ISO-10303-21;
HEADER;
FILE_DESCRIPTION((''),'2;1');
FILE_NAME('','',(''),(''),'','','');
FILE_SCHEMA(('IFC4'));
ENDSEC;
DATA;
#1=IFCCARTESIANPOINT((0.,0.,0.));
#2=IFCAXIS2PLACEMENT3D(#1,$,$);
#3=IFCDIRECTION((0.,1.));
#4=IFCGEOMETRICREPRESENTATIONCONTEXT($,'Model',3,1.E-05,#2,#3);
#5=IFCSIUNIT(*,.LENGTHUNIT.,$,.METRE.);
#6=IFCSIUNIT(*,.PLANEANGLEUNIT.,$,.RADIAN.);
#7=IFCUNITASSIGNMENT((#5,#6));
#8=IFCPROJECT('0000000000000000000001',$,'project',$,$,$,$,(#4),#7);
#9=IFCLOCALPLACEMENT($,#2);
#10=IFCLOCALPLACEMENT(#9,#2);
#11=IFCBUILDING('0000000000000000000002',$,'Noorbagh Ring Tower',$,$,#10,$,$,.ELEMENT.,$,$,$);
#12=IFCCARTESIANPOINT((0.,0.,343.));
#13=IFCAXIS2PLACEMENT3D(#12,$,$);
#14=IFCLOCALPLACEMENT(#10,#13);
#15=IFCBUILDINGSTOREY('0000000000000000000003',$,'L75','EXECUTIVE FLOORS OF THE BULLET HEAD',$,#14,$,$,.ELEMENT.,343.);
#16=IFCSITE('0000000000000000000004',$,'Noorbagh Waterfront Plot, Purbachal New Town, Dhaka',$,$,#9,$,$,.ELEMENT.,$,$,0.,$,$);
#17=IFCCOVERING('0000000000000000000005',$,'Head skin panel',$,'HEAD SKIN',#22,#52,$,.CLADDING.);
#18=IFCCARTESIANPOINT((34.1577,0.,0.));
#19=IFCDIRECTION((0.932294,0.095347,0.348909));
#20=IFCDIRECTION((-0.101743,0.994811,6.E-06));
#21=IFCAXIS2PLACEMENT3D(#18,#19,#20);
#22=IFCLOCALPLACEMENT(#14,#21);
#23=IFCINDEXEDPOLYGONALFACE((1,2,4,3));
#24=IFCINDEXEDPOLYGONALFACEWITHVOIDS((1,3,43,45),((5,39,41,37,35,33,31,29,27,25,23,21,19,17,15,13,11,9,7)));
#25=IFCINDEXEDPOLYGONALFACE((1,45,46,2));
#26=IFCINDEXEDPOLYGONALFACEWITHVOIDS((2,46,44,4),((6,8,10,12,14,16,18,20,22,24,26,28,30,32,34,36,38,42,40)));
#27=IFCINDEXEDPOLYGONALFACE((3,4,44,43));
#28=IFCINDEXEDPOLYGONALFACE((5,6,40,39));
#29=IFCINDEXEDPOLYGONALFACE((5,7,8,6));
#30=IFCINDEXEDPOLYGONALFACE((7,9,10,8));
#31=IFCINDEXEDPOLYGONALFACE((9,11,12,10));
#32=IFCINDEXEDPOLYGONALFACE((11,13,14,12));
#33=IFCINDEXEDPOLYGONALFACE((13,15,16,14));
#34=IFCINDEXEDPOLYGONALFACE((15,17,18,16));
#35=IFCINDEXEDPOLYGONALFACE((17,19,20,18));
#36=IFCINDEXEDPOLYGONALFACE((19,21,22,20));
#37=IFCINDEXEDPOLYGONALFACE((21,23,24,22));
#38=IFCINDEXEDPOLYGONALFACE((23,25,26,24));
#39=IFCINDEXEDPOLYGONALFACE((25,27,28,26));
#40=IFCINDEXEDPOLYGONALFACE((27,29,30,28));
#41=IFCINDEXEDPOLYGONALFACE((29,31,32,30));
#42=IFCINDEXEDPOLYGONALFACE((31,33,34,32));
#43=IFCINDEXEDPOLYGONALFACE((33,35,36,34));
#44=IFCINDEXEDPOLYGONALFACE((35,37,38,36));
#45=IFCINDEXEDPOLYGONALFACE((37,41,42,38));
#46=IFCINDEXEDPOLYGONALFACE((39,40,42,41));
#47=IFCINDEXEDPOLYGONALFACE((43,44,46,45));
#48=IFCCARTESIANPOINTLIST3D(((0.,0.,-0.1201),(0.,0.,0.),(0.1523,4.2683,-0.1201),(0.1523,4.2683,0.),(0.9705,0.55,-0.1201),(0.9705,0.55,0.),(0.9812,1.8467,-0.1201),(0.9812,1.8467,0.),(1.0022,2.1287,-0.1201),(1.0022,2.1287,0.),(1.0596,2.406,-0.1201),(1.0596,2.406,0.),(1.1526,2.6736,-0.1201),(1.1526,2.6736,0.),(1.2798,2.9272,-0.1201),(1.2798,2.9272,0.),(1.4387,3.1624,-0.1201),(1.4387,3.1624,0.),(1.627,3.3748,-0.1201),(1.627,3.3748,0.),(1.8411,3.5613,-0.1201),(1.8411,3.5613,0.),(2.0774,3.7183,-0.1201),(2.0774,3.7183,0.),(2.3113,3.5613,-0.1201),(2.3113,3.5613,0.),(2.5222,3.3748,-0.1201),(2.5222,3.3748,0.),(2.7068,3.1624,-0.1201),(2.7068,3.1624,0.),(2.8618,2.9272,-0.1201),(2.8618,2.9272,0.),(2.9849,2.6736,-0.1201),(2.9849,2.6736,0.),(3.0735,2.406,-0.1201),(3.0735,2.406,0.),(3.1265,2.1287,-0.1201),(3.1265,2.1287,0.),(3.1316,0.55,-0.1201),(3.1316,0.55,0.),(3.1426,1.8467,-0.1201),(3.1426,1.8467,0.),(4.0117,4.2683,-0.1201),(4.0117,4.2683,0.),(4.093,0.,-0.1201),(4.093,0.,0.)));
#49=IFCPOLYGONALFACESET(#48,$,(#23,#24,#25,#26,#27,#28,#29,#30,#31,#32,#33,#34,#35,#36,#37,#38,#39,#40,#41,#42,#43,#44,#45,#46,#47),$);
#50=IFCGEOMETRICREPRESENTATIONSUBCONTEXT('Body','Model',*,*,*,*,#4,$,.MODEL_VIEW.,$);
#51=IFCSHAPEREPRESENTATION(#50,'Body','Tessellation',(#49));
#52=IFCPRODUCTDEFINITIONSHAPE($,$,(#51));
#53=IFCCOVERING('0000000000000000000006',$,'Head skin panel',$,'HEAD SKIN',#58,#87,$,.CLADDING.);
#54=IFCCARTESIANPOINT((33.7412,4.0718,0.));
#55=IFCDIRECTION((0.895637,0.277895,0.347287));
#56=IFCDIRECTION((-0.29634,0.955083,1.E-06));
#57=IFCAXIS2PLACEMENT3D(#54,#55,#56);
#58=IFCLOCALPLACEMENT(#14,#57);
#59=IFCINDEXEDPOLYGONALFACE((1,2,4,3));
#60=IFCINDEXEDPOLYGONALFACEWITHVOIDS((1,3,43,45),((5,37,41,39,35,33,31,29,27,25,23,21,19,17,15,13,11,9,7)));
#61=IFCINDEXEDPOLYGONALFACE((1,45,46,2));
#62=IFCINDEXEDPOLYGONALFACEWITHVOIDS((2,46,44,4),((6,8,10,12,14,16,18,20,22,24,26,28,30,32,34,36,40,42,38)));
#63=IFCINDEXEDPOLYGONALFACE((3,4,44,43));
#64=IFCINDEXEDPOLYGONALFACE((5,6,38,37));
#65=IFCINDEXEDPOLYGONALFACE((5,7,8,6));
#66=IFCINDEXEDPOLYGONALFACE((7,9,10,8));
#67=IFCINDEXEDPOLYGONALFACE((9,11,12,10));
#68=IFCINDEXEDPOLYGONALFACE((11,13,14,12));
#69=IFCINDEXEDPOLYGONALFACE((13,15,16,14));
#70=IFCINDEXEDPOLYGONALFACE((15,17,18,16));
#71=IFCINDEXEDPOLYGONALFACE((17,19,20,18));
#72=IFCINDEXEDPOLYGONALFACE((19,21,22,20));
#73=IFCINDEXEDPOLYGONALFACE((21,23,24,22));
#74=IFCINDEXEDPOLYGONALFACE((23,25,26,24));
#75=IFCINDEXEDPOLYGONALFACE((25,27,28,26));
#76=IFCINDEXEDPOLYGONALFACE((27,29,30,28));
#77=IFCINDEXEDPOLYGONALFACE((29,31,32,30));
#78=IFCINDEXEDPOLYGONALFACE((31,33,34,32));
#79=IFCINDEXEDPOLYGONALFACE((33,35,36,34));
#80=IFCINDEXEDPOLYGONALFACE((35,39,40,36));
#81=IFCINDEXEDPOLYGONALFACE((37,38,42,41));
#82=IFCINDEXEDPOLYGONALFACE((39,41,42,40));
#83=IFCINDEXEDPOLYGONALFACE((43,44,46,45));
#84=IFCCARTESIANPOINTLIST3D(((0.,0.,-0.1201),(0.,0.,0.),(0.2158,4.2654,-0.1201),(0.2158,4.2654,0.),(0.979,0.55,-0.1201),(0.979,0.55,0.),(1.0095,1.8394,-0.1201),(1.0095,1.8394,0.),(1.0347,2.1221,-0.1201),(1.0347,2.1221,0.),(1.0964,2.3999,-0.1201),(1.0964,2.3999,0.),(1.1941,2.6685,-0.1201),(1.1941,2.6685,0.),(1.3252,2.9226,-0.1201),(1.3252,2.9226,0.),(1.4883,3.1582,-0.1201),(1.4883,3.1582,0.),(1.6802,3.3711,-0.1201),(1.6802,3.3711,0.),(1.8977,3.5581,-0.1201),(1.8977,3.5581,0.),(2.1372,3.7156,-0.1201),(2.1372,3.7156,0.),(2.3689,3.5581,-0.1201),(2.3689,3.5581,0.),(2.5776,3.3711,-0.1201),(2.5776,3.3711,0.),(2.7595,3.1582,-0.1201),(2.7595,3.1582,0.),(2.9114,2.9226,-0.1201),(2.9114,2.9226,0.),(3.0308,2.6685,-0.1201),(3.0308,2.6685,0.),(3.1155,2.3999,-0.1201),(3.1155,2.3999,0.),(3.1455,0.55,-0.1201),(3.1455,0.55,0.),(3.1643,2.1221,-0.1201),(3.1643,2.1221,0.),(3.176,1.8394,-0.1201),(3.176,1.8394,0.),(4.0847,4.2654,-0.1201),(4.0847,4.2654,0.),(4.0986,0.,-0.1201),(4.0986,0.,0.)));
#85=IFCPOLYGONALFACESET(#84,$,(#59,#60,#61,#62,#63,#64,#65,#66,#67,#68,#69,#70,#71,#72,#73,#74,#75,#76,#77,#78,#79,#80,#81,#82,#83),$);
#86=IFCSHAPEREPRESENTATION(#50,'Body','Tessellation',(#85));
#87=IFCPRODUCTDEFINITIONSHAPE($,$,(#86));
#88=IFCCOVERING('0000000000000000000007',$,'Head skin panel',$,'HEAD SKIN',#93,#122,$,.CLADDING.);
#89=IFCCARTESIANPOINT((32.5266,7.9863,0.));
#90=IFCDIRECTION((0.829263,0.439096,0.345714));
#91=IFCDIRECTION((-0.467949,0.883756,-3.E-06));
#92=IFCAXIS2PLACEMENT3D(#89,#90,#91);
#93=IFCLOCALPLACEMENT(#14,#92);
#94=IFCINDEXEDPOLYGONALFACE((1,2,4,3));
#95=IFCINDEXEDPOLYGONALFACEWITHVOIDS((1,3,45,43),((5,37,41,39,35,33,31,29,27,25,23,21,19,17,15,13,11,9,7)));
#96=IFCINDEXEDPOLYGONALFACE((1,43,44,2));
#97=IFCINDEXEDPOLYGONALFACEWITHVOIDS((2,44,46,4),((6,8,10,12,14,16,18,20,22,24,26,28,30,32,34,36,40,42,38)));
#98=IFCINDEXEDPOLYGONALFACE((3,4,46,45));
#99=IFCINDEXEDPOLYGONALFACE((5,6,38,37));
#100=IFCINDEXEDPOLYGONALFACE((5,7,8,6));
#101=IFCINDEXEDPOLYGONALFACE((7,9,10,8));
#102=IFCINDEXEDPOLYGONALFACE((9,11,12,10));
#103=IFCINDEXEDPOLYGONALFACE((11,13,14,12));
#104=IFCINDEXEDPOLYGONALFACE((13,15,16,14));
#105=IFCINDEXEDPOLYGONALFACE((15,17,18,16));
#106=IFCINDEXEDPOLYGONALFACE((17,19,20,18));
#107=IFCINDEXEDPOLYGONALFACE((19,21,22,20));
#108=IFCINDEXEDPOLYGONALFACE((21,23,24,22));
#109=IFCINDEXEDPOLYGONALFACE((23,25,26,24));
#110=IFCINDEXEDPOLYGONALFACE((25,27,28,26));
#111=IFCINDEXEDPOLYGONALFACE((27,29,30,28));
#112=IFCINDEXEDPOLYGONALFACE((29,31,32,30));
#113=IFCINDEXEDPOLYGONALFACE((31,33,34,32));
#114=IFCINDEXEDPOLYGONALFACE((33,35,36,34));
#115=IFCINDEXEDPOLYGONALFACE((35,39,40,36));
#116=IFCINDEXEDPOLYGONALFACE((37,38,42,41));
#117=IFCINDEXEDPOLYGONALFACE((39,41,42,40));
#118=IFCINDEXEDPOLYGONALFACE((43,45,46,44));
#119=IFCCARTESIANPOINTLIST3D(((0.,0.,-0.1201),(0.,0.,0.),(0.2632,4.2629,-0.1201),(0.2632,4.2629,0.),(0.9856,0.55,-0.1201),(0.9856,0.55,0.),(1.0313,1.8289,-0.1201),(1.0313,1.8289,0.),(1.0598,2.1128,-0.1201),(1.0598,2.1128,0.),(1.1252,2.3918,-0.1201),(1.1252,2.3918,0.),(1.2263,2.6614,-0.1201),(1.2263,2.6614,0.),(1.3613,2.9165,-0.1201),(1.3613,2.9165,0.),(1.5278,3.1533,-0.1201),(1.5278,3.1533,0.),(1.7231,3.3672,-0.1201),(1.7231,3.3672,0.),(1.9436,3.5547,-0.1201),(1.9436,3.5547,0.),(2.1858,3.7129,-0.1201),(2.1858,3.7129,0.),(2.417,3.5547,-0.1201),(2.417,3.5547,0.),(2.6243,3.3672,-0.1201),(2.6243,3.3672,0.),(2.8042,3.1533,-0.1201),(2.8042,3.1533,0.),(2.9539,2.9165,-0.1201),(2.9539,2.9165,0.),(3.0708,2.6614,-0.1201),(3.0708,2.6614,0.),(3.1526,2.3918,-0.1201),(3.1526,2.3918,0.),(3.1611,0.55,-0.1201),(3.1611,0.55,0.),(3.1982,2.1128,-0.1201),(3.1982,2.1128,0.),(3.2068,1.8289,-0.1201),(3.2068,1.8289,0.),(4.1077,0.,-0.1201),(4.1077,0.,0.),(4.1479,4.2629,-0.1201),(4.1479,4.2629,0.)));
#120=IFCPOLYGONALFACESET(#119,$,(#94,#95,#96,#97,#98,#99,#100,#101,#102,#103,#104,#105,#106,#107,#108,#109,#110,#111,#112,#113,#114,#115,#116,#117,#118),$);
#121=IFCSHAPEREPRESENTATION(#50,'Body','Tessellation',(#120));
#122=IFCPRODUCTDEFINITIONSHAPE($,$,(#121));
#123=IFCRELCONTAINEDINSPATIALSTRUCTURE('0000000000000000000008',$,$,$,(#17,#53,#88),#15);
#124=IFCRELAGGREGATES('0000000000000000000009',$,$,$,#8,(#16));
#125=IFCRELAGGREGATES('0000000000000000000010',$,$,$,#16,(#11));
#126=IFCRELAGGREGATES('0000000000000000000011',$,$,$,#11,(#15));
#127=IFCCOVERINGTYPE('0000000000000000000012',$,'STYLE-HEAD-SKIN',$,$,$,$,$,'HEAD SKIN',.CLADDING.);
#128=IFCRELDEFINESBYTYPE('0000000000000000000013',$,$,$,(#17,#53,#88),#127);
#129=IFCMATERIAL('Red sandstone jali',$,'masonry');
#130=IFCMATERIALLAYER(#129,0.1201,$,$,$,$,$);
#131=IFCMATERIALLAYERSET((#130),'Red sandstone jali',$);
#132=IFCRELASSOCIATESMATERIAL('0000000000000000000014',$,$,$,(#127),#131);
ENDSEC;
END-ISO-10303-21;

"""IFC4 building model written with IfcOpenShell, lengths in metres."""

from ifc_helpers import new_model, si_unit, direction, frame, origin, place, context, subcontext, project, spatial, polyline, outline, extrude, material, layer, layer_set, type_object, element, save


model = new_model("IFC4")

# Units and contexts
model_context = context("Model", 3, precision=1e-05, world=origin(), true_north=direction((0.0, 1.0)))
body_context = subcontext(model_context, "Body", "Model", "MODEL_VIEW")
ifc_project = project(units=[si_unit("LENGTHUNIT", "METRE"), si_unit("PLANEANGLEUNIT", "RADIAN")], contexts=[model_context])

# Site, building, storey
site_placement = place(None, origin())
site = spatial("IfcSite", under=ifc_project, at=site_placement, Name="Noorbagh Waterfront Plot, Purbachal New Town, Dhaka", CompositionType="ELEMENT", RefElevation=0.0)
building_placement = place(site_placement, origin())
building = spatial("IfcBuilding", under=site, at=building_placement, Name="Noorbagh Ring Tower", CompositionType="ELEMENT")
storey_placement = place(building_placement, frame((0.0, 0.0, 343.0)))
storey = spatial("IfcBuildingStorey", under=building, at=storey_placement, Name="L75", Description="EXECUTIVE FLOORS OF THE BULLET HEAD", CompositionType="ELEMENT", Elevation=343.0)

# Coverings
ifc_material_1 = material(Name="Red sandstone jali", Category="masonry")
ifc_layer_1 = layer(ifc_material_1, 0.1201)
ifc_layer_set_1 = layer_set([ifc_layer_1], Name="Red sandstone jali")
covering_type_1 = type_object("IfcCoveringType", Name="STYLE-HEAD-SKIN", ElementType="HEAD SKIN", PredefinedType="CLADDING", material=ifc_layer_set_1)
covering_1_placement = place(storey_placement, frame((34.1577, 0.0, 0.0), z_axis=(0.932294, 0.095347, 0.348909), x_axis=(-0.101743, 0.994811, 0.000006)))
element("IfcCovering", 1, at=covering_1_placement, inside=storey, type_object=covering_type_1, Name="Head skin panel", ObjectType="HEAD SKIN", PredefinedType="CLADDING", context=body_context, shape_type="SweptSolid", body=[
    extrude(outline(polyline([(0.0, 0.0), (4.093, 0.0), (4.0117, 4.2683), (0.1523, 4.2683), (0.0, 0.0)]), holes=[polyline([(0.9705, 0.55), (0.9812, 1.8467), (1.0022, 2.1287), (1.0596, 2.406), (1.1526, 2.6736), (1.2798, 2.9272), (1.4387, 3.1624), (1.627, 3.3748), (1.8411, 3.5613), (2.0774, 3.7183), (2.3113, 3.5613), (2.5222, 3.3748), (2.7068, 3.1624), (2.8618, 2.9272), (2.9849, 2.6736), (3.0735, 2.406), (3.1265, 2.1287), (3.1426, 1.8467), (3.1316, 0.55), (0.9705, 0.55)])]), origin(), (0.0, 0.0, -1.0), 0.1201),
])
covering_2_placement = place(storey_placement, frame((33.7412, 4.0718, 0.0), z_axis=(0.895637, 0.277895, 0.347287), x_axis=(-0.29634, 0.955083, 0.000001)))
element("IfcCovering", 2, at=covering_2_placement, inside=storey, type_object=covering_type_1, Name="Head skin panel", ObjectType="HEAD SKIN", PredefinedType="CLADDING", context=body_context, shape_type="SweptSolid", body=[
    extrude(outline(polyline([(0.0, 0.0), (4.0986, 0.0), (4.0847, 4.2654), (0.2158, 4.2654), (0.0, 0.0)]), holes=[polyline([(0.979, 0.55), (1.0095, 1.8394), (1.0347, 2.1221), (1.0964, 2.3999), (1.1941, 2.6685), (1.3252, 2.9226), (1.4883, 3.1582), (1.6802, 3.3711), (1.8977, 3.5581), (2.1372, 3.7156), (2.3689, 3.5581), (2.5776, 3.3711), (2.7595, 3.1582), (2.9114, 2.9226), (3.0308, 2.6685), (3.1155, 2.3999), (3.1643, 2.1221), (3.176, 1.8394), (3.1455, 0.55), (0.979, 0.55)])]), origin(), (0.0, 0.0, -1.0), 0.1201),
])
covering_3_placement = place(storey_placement, frame((32.5266, 7.9863, 0.0), z_axis=(0.829263, 0.439096, 0.345714), x_axis=(-0.467949, 0.883756, -0.000003)))
element("IfcCovering", 3, at=covering_3_placement, inside=storey, type_object=covering_type_1, Name="Head skin panel", ObjectType="HEAD SKIN", PredefinedType="CLADDING", context=body_context, shape_type="SweptSolid", body=[
    extrude(outline(polyline([(0.0, 0.0), (4.1077, 0.0), (4.1479, 4.2629), (0.2632, 4.2629), (0.0, 0.0)]), holes=[polyline([(0.9856, 0.55), (1.0312, 1.8289), (1.0598, 2.1128), (1.1252, 2.3918), (1.2263, 2.6614), (1.3613, 2.9165), (1.5278, 3.1533), (1.7231, 3.3672), (1.9436, 3.5547), (2.1858, 3.7129), (2.417, 3.5547), (2.6243, 3.3672), (2.8042, 3.1533), (2.9539, 2.9165), (3.0708, 2.6614), (3.1526, 2.3918), (3.1982, 2.1128), (3.2068, 1.8289), (3.1611, 0.55), (0.9856, 0.55)])]), origin(), (0.0, 0.0, -1.0), 0.1201),
])

save(model, "model.ifc")
